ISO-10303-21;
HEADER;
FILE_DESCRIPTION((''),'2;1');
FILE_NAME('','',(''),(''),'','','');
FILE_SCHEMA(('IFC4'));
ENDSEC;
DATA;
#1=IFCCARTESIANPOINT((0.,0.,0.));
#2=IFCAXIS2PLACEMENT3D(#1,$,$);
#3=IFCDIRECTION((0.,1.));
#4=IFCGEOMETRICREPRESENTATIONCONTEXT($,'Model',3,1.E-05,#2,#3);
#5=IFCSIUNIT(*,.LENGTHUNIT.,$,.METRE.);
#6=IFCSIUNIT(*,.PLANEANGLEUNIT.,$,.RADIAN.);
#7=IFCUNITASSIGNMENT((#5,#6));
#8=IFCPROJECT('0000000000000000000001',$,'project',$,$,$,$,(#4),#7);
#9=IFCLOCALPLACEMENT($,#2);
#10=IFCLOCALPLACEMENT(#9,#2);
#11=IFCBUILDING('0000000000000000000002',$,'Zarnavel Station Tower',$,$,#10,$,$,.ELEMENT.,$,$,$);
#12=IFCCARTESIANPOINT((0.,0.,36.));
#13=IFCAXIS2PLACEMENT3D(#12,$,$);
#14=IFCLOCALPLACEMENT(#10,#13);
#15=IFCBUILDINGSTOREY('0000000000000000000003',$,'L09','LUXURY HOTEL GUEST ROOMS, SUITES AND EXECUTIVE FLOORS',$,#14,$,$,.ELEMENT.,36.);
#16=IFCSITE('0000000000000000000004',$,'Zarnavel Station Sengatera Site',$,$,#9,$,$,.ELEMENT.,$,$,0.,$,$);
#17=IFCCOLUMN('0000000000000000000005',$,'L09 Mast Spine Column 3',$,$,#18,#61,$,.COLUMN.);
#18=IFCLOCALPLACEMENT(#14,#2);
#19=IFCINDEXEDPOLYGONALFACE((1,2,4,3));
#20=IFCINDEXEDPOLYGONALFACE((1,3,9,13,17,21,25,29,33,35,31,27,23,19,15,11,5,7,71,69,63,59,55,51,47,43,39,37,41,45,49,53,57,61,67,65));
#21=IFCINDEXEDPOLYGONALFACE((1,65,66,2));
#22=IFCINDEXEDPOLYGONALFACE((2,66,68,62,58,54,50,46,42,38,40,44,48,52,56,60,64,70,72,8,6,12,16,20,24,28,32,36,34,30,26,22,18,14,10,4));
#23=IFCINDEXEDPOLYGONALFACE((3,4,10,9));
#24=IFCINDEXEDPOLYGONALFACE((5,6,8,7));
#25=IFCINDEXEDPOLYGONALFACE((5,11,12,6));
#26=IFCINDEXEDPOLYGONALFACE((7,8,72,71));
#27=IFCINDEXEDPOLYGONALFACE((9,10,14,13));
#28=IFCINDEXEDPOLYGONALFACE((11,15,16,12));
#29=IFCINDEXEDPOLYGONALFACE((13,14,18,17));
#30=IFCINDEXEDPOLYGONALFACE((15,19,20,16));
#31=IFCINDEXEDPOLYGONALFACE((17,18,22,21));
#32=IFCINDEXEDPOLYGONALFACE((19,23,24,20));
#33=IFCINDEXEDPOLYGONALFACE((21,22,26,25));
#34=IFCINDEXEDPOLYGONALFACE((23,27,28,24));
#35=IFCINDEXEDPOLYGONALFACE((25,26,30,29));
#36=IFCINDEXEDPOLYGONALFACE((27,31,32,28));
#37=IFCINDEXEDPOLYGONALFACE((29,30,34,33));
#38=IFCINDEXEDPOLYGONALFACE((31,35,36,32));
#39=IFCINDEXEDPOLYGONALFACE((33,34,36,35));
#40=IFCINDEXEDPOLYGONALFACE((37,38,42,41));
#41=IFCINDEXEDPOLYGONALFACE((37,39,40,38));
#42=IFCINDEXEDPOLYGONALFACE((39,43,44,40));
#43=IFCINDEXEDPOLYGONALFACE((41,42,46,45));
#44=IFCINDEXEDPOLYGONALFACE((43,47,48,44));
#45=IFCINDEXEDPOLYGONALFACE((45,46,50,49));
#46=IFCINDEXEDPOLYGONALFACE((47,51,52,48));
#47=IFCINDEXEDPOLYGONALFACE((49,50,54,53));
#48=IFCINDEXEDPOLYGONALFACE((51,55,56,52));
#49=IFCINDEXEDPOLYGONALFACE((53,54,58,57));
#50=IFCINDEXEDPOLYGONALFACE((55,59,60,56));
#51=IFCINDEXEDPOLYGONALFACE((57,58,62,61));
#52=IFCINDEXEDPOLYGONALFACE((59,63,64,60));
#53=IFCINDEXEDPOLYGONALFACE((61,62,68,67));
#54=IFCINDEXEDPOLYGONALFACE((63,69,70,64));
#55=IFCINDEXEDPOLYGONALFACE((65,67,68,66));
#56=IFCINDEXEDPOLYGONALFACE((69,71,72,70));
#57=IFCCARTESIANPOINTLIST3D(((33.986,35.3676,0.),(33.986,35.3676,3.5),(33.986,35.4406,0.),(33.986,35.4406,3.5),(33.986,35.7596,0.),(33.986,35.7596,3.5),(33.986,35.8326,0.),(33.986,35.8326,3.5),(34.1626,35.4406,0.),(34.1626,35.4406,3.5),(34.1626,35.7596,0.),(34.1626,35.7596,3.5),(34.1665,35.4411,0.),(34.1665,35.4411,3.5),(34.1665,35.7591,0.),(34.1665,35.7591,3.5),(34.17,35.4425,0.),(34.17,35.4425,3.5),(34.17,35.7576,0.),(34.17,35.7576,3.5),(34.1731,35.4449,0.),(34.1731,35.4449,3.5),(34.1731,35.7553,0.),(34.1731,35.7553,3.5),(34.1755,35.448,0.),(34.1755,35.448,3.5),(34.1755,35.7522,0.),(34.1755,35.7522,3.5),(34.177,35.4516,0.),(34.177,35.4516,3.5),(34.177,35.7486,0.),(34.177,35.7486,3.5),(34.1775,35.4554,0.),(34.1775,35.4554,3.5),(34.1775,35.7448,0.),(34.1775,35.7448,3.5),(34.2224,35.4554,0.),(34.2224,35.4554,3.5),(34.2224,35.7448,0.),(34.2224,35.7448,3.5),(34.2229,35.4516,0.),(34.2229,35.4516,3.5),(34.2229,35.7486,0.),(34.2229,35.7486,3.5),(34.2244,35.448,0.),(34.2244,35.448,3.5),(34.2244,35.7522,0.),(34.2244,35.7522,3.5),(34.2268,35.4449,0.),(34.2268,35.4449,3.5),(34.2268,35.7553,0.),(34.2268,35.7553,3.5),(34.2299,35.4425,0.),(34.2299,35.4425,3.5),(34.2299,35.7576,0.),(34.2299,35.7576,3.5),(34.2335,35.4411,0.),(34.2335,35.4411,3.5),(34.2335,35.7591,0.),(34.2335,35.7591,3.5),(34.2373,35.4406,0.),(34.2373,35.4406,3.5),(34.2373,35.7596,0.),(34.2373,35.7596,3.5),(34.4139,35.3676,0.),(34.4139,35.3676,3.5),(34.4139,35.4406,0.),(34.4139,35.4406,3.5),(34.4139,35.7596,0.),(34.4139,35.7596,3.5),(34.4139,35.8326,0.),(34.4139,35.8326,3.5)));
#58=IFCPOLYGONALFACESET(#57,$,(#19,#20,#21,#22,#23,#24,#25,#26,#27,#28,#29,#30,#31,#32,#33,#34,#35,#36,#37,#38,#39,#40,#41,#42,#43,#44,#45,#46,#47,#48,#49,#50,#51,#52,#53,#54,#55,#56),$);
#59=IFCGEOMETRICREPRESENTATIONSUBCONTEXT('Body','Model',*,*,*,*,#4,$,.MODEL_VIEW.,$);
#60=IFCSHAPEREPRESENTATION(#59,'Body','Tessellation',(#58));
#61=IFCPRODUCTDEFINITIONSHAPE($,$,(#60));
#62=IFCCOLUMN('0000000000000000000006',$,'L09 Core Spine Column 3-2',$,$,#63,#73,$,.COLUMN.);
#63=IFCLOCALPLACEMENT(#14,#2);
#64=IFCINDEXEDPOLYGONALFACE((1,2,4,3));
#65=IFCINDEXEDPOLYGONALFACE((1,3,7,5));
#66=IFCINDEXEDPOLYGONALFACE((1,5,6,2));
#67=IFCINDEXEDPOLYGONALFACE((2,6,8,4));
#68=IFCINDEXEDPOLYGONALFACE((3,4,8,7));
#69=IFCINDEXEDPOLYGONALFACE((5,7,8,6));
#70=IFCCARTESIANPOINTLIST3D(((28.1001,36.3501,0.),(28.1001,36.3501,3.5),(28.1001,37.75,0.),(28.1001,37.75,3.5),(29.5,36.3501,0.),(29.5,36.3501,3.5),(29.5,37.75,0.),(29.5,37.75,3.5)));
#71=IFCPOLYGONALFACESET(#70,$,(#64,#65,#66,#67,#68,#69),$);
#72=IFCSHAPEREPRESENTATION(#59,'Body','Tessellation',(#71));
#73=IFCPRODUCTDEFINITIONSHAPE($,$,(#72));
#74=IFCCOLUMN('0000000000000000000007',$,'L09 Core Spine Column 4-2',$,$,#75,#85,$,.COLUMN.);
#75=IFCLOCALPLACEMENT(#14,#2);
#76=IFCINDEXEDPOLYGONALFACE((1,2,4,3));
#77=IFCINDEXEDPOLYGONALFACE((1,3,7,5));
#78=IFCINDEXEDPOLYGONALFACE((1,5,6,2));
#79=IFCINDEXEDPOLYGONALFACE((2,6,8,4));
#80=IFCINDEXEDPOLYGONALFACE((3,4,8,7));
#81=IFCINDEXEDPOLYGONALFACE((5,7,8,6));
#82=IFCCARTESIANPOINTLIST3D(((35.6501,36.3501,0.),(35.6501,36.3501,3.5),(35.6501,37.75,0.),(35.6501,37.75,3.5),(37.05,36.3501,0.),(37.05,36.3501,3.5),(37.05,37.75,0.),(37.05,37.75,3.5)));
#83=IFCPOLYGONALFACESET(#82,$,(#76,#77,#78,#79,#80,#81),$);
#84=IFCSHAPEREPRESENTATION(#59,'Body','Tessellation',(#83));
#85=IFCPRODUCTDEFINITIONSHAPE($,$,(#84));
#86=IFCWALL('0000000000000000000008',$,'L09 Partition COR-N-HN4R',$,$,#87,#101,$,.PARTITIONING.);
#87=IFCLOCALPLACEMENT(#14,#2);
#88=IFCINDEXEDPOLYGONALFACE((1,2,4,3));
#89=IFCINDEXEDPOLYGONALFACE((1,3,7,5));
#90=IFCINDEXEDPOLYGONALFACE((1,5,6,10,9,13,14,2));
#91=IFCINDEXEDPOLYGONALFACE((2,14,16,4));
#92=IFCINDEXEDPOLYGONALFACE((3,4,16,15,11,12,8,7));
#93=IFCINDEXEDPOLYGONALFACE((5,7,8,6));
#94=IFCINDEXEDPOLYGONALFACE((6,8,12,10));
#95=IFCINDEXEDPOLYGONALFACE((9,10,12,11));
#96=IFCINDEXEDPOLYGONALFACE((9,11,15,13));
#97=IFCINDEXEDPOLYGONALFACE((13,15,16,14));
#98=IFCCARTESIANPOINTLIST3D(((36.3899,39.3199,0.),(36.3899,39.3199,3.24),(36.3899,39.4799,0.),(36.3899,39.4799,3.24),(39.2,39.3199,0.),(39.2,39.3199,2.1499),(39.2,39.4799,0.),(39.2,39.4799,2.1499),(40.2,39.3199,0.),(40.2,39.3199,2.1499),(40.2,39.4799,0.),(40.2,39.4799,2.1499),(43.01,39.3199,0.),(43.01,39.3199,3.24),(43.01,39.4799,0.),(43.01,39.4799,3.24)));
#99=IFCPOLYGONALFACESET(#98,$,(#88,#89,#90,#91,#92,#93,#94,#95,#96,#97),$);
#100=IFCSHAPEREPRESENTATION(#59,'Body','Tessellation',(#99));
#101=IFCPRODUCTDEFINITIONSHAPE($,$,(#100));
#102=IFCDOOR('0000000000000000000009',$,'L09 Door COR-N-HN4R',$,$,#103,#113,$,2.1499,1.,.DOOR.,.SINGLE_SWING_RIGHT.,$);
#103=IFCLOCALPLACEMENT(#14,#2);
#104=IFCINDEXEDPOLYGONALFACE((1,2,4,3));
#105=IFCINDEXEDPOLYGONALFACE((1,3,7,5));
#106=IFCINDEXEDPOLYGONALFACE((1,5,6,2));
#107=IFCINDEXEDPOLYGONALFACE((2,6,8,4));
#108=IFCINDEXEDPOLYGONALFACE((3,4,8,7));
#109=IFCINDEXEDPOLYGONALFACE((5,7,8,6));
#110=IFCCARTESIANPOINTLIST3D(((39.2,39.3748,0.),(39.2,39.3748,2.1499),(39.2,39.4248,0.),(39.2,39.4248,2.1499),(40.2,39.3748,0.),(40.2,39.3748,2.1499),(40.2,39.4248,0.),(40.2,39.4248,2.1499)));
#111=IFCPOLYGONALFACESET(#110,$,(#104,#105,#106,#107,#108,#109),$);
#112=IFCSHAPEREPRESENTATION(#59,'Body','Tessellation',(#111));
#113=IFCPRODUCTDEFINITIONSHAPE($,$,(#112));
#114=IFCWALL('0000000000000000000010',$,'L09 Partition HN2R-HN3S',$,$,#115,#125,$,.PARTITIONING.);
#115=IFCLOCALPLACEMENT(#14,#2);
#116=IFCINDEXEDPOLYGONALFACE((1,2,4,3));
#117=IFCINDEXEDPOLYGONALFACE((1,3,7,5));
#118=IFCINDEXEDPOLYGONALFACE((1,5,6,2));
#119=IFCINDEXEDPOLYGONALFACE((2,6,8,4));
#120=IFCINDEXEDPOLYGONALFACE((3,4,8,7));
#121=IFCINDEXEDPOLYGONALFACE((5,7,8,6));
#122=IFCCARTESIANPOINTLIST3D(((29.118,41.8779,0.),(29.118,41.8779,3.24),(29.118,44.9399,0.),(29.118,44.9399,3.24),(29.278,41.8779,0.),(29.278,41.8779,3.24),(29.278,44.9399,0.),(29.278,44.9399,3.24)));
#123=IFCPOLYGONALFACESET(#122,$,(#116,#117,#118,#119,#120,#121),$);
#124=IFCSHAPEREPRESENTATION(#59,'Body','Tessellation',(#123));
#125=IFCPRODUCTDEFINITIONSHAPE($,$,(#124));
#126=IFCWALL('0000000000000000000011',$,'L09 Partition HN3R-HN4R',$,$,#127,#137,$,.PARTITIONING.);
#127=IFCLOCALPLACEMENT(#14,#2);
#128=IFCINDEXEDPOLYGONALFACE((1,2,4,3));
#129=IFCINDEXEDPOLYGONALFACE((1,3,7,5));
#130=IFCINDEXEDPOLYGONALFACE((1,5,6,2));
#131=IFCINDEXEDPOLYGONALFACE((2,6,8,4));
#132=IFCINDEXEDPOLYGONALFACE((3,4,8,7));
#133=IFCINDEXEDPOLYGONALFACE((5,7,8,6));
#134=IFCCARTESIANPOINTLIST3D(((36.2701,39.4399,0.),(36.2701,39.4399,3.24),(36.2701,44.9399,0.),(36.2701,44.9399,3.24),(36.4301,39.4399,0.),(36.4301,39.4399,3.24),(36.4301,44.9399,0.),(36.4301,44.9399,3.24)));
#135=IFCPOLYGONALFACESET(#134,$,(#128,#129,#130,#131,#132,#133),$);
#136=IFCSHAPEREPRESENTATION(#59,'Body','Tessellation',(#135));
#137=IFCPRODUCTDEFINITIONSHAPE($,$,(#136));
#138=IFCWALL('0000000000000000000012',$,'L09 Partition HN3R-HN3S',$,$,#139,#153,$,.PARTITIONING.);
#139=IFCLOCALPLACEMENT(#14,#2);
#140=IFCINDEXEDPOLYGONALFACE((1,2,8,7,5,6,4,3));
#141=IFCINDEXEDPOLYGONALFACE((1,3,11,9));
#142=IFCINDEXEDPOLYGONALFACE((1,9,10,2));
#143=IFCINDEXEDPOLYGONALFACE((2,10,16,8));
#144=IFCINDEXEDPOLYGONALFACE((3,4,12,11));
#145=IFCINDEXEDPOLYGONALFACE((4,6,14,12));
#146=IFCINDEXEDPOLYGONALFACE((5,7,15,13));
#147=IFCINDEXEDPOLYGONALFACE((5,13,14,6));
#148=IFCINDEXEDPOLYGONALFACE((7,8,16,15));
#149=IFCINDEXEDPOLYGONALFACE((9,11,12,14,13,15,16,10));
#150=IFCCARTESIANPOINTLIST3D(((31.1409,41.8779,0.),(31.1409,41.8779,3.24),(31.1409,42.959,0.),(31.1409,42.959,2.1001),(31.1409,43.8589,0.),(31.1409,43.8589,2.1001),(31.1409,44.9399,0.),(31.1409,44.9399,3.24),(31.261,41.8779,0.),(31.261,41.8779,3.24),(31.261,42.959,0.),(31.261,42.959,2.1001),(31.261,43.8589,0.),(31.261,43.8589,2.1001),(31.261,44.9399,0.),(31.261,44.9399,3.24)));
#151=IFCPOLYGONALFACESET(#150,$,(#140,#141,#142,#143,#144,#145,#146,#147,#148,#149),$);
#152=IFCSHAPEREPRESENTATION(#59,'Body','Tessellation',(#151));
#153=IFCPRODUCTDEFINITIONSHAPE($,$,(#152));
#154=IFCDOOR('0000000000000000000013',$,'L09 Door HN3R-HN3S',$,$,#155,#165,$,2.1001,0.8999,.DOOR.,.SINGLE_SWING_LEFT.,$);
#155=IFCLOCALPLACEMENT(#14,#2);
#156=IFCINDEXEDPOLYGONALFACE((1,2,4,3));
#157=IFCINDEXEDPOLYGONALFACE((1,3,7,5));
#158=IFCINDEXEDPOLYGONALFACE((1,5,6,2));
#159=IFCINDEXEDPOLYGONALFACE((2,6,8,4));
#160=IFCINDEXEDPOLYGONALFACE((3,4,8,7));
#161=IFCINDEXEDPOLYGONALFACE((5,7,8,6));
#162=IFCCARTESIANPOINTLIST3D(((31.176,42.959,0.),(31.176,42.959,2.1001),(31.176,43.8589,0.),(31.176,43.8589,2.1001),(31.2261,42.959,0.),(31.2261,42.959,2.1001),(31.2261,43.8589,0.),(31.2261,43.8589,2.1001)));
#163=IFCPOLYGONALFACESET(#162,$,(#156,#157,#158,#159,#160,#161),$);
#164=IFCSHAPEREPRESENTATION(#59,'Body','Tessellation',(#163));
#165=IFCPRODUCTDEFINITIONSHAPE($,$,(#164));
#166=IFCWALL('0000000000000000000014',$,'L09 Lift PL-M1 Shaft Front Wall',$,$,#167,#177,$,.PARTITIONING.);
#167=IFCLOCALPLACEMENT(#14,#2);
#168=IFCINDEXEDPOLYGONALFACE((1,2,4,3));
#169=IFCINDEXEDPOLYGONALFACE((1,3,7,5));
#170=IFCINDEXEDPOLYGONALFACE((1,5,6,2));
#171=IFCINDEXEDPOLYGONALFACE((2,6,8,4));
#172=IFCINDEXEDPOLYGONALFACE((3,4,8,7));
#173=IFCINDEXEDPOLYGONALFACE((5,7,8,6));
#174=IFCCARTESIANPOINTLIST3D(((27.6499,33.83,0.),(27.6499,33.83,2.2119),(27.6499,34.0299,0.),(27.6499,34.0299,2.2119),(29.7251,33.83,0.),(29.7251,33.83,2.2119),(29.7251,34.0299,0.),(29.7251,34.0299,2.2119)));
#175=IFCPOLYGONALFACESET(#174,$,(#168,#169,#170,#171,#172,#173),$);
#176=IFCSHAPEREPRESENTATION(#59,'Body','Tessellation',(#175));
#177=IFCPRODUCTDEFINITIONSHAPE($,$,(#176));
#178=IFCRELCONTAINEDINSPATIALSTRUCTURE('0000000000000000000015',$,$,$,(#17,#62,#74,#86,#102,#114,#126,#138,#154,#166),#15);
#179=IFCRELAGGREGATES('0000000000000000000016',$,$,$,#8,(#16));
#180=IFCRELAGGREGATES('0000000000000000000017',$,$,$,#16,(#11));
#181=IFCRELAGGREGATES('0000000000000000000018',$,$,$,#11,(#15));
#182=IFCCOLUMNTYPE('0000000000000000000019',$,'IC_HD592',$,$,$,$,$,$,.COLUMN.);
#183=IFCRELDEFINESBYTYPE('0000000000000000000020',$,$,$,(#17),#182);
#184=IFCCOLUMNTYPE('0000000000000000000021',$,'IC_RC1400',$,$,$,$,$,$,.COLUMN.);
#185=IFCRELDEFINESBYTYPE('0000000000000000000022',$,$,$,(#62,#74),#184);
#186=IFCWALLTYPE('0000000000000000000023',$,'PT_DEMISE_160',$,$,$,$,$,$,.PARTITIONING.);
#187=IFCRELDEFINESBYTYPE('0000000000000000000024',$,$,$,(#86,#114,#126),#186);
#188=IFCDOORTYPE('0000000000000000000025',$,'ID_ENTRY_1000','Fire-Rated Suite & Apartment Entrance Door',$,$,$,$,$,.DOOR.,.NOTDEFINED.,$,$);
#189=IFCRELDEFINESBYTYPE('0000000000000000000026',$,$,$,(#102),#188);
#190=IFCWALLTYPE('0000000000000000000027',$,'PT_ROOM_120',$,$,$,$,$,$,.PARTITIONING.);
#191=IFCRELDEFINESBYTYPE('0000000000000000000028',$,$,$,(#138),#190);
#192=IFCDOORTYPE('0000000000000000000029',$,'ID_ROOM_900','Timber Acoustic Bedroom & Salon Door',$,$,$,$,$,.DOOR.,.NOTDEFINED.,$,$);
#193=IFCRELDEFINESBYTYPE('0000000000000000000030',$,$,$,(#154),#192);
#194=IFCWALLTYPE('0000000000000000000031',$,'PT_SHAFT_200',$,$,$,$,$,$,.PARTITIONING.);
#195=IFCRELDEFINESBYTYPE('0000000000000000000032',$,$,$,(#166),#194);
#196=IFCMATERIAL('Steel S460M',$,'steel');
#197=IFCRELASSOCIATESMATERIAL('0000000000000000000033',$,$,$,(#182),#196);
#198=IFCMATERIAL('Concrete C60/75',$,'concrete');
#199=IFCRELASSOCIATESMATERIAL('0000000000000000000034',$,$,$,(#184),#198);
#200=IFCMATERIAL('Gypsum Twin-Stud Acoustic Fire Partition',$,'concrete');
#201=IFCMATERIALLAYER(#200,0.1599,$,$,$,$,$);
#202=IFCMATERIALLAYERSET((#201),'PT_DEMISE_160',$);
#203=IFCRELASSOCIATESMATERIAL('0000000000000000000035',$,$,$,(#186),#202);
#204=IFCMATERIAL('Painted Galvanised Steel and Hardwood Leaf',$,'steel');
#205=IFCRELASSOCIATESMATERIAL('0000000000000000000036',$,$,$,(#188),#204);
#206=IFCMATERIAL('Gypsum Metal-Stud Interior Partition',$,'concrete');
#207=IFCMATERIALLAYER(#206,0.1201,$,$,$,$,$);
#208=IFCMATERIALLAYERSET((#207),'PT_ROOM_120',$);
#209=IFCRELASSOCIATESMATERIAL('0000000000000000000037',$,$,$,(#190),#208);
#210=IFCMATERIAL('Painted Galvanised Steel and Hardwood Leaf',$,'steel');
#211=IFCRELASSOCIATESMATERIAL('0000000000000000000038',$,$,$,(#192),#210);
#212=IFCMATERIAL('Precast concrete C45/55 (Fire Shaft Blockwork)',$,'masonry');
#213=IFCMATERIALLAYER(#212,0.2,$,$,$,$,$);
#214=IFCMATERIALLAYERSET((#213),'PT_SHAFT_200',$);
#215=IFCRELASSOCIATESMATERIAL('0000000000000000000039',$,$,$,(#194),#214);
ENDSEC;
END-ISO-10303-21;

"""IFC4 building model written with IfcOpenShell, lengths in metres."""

from ifc_helpers import new_model, si_unit, direction, frame, frame_2d, origin, origin_2d, place, context, subcontext, project, spatial, rectangle, i_section, extrude, material, layer, layer_set, material_profile, profile_set, type_object, element, fill, save


model = new_model("IFC4")

# Units and contexts
model_context = context("Model", 3, precision=1e-05, world=origin(), true_north=direction((0.0, 1.0)))
body_context = subcontext(model_context, "Body", "Model", "MODEL_VIEW")
ifc_project = project(units=[si_unit("LENGTHUNIT", "METRE"), si_unit("PLANEANGLEUNIT", "RADIAN")], contexts=[model_context])

# Site, building, storey
site_placement = place(None, origin())
site = spatial("IfcSite", under=ifc_project, at=site_placement, Name="Zarnavel Station Sengatera Site", CompositionType="ELEMENT", RefElevation=0.0)
building_placement = place(site_placement, origin())
building = spatial("IfcBuilding", under=site, at=building_placement, Name="Zarnavel Station Tower", CompositionType="ELEMENT")
storey_placement = place(building_placement, frame((0.0, 0.0, 36.0)))
storey = spatial("IfcBuildingStorey", under=building, at=storey_placement, Name="L09", Description="LUXURY HOTEL GUEST ROOMS, SUITES AND EXECUTIVE FLOORS", CompositionType="ELEMENT", Elevation=36.0)

# Columns
ifc_material_1 = material(Name="Steel S460M", Category="steel")
ifc_material_profile_1 = material_profile(ifc_material_1, i_section(OverallWidth=0.428, OverallDepth=0.4651, WebThickness=0.0449, FlangeThickness=0.073, FilletRadius=0.0149, at=origin_2d()), Name="HD400x592")
ifc_profile_set_1 = profile_set([ifc_material_profile_1], Name="Steel S460M")
column_type_1 = type_object("IfcColumnType", Name="IC_HD592", PredefinedType="COLUMN", material=ifc_profile_set_1)
column_placement = place(storey_placement, frame((34.2, 35.6001, 0.0), z_axis=(0.0, 0.0, 1.0), x_axis=(1.0, 0.0, 0.0)))
element("IfcColumn", 1, at=column_placement, inside=storey, type_object=column_type_1, Name="L09 Mast Spine Column 3", PredefinedType="COLUMN", context=body_context, shape_type="SweptSolid", body=[
    extrude(i_section(OverallWidth=0.428, OverallDepth=0.4651, WebThickness=0.0449, FlangeThickness=0.073, FilletRadius=0.0149, at=origin_2d()), origin(), (0.0, 0.0, 1.0), 3.5),
])
ifc_material_2 = material(Name="Concrete C60/75", Category="concrete")
ifc_material_profile_2 = material_profile(ifc_material_2, rectangle(XDim=1.3999, YDim=1.3999, at=origin_2d()), Name="RC1400x1400")
ifc_profile_set_2 = profile_set([ifc_material_profile_2], Name="Concrete C60/75")
column_type_2 = type_object("IfcColumnType", Name="IC_RC1400", PredefinedType="COLUMN", material=ifc_profile_set_2)
for number, where, z_axis, x_axis, name in (
    (2, (28.8, 37.05, 0.0), (0.0, 0.0, 1.0), (1.0, 0.0, 0.0), "L09 Core Spine Column 3-2"),
    (3, (36.3501, 37.05, 0.0), (0.0, 0.0, 1.0), (1.0, 0.0, 0.0), "L09 Core Spine Column 4-2"),
):
    element("IfcColumn", number, at=place(storey_placement, frame(where, z_axis=z_axis, x_axis=x_axis)), inside=storey, type_object=column_type_2, Name=name, PredefinedType="COLUMN", context=body_context, shape_type="SweptSolid", body=[
        extrude(rectangle(XDim=1.3999, YDim=1.3999, at=origin_2d()), origin(), (0.0, 0.0, 1.0), 3.5),
    ])

# Wall, opening, door
ifc_material_3 = material(Name="Gypsum Twin-Stud Acoustic Fire Partition", Category="concrete")
ifc_layer_1 = layer(ifc_material_3, 0.1599)
ifc_layer_set_1 = layer_set([ifc_layer_1], Name="PT_DEMISE_160")
wall_type_1 = type_object("IfcWallType", Name="PT_DEMISE_160", PredefinedType="PARTITIONING", material=ifc_layer_set_1)
ifc_material_4 = material(Name="Painted Galvanised Steel and Hardwood Leaf", Category="steel")
door_type_1 = type_object("IfcDoorType", Name="ID_ENTRY_1000", Description="Fire-Rated Suite & Apartment Entrance Door", OperationType="NOTDEFINED", PredefinedType="DOOR", material=ifc_material_4)
wall_1_placement = place(storey_placement, frame((36.3899, 39.3999, 0.0), z_axis=(0.0, 0.0, 1.0), x_axis=(1.0, 0.0, 0.0)))
wall_1 = element("IfcWall", 4, at=wall_1_placement, inside=storey, type_object=wall_type_1, Name="L09 Partition COR-N-HN4R", PredefinedType="PARTITIONING", context=body_context, shape_type="SweptSolid", body=[
    extrude(rectangle(XDim=6.6201, YDim=0.1599, at=frame_2d((3.3101, 0.0))), origin(), (0.0, 0.0, 1.0), 3.24),
])
opening_1_placement = place(wall_1_placement, frame((2.8101, 0.0, 0.0)))
opening_1 = element("IfcOpeningElement", 5, at=opening_1_placement, cuts=wall_1, PredefinedType="OPENING", context=body_context, shape_type="SweptSolid", body=[
    extrude(rectangle(XDim=1.0, YDim=2.1499, at=frame_2d((0.5, 1.075))), frame((0.0, 0.0898, 0.0), z_axis=(0.0, -1.0, 0.0), x_axis=(1.0, 0.0, 0.0)), (0.0, 0.0, 1.0), 0.1799),
])
door_1_placement = place(opening_1_placement, origin())
door_1 = element("IfcDoor", 6, at=door_1_placement, inside=storey, type_object=door_type_1, Name="L09 Door COR-N-HN4R", OperationType="SINGLE_SWING_RIGHT", OverallHeight=2.1499, OverallWidth=1.0, PredefinedType="DOOR", context=body_context, shape_type="SweptSolid", body=[
    extrude(rectangle(XDim=1.0, YDim=2.1499, at=frame_2d((0.5, 1.075))), frame((0.0, 0.0249, 0.0), z_axis=(0.0, -1.0, 0.0), x_axis=(1.0, 0.0, 0.0)), (0.0, 0.0, 1.0), 0.05),
])
fill(opening_1, door_1)

# Walls
wall_2_placement = place(storey_placement, frame((29.198, 41.8779, 0.0), z_axis=(0.0, 0.0, 1.0), x_axis=(0.0, 1.0, 0.0)))
element("IfcWall", 7, at=wall_2_placement, inside=storey, type_object=wall_type_1, Name="L09 Partition HN2R-HN3S", PredefinedType="PARTITIONING", context=body_context, shape_type="SweptSolid", body=[
    extrude(rectangle(XDim=3.062, YDim=0.1599, at=frame_2d((1.531, 0.0))), origin(), (0.0, 0.0, 1.0), 3.24),
])
wall_3_placement = place(storey_placement, frame((36.3501, 39.4399, 0.0), z_axis=(0.0, 0.0, 1.0), x_axis=(0.0, 1.0, 0.0)))
element("IfcWall", 8, at=wall_3_placement, inside=storey, type_object=wall_type_1, Name="L09 Partition HN3R-HN4R", PredefinedType="PARTITIONING", context=body_context, shape_type="SweptSolid", body=[
    extrude(rectangle(XDim=5.5, YDim=0.1599, at=frame_2d((2.75, 0.0))), origin(), (0.0, 0.0, 1.0), 3.24),
])

# Wall, opening, door
ifc_material_5 = material(Name="Gypsum Metal-Stud Interior Partition", Category="concrete")
ifc_layer_2 = layer(ifc_material_5, 0.1201)
ifc_layer_set_2 = layer_set([ifc_layer_2], Name="PT_ROOM_120")
wall_type_2 = type_object("IfcWallType", Name="PT_ROOM_120", PredefinedType="PARTITIONING", material=ifc_layer_set_2)
wall_4_placement = place(storey_placement, frame((31.2009, 41.8779, 0.0), z_axis=(0.0, 0.0, 1.0), x_axis=(0.0, 1.0, 0.0)))
wall_4 = element("IfcWall", 9, at=wall_4_placement, inside=storey, type_object=wall_type_2, Name="L09 Partition HN3R-HN3S", PredefinedType="PARTITIONING", context=body_context, shape_type="SweptSolid", body=[
    extrude(rectangle(XDim=3.062, YDim=0.1201, at=frame_2d((1.531, 0.0))), origin(), (0.0, 0.0, 1.0), 3.24),
])
opening_2_placement = place(wall_4_placement, frame((1.0811, 0.0, 0.0)))
opening_2 = element("IfcOpeningElement", 10, at=opening_2_placement, cuts=wall_4, PredefinedType="OPENING", context=body_context, shape_type="SweptSolid", body=[
    extrude(rectangle(XDim=0.8999, YDim=2.1001, at=frame_2d((0.45, 1.05))), frame((0.0, 0.0701, 0.0), z_axis=(0.0, -1.0, 0.0), x_axis=(1.0, 0.0, 0.0)), (0.0, 0.0, 1.0), 0.1401),
])
ifc_material_6 = material(Name="Painted Galvanised Steel and Hardwood Leaf", Category="steel")
door_type_2 = type_object("IfcDoorType", Name="ID_ROOM_900", Description="Timber Acoustic Bedroom & Salon Door", OperationType="NOTDEFINED", PredefinedType="DOOR", material=ifc_material_6)
door_2_placement = place(opening_2_placement, origin())
door_2 = element("IfcDoor", 11, at=door_2_placement, inside=storey, type_object=door_type_2, Name="L09 Door HN3R-HN3S", OperationType="SINGLE_SWING_LEFT", OverallHeight=2.1001, OverallWidth=0.8999, PredefinedType="DOOR", context=body_context, shape_type="SweptSolid", body=[
    extrude(rectangle(XDim=0.8999, YDim=2.1001, at=frame_2d((0.45, 1.05))), frame((0.0, 0.0249, 0.0), z_axis=(0.0, -1.0, 0.0), x_axis=(1.0, 0.0, 0.0)), (0.0, 0.0, 1.0), 0.05),
])
fill(opening_2, door_2)
ifc_material_7 = material(Name="Precast concrete C45/55 (Fire Shaft Blockwork)", Category="masonry")
ifc_layer_3 = layer(ifc_material_7, 0.2)
ifc_layer_set_3 = layer_set([ifc_layer_3], Name="PT_SHAFT_200")
wall_type_3 = type_object("IfcWallType", Name="PT_SHAFT_200", PredefinedType="PARTITIONING", material=ifc_layer_set_3)

# Wall
wall_5_placement = place(storey_placement, frame((27.6499, 33.9299, 0.0), z_axis=(0.0, 0.0, 1.0), x_axis=(1.0, 0.0, 0.0)))
element("IfcWall", 12, at=wall_5_placement, inside=storey, type_object=wall_type_3, Name="L09 Lift PL-M1 Shaft Front Wall", PredefinedType="PARTITIONING", context=body_context, shape_type="SweptSolid", body=[
    extrude(rectangle(XDim=2.0752, YDim=0.2, at=frame_2d((1.0376, 0.0))), origin(), (0.0, 0.0, 1.0), 2.2119),
])

save(model, "model.ifc")
